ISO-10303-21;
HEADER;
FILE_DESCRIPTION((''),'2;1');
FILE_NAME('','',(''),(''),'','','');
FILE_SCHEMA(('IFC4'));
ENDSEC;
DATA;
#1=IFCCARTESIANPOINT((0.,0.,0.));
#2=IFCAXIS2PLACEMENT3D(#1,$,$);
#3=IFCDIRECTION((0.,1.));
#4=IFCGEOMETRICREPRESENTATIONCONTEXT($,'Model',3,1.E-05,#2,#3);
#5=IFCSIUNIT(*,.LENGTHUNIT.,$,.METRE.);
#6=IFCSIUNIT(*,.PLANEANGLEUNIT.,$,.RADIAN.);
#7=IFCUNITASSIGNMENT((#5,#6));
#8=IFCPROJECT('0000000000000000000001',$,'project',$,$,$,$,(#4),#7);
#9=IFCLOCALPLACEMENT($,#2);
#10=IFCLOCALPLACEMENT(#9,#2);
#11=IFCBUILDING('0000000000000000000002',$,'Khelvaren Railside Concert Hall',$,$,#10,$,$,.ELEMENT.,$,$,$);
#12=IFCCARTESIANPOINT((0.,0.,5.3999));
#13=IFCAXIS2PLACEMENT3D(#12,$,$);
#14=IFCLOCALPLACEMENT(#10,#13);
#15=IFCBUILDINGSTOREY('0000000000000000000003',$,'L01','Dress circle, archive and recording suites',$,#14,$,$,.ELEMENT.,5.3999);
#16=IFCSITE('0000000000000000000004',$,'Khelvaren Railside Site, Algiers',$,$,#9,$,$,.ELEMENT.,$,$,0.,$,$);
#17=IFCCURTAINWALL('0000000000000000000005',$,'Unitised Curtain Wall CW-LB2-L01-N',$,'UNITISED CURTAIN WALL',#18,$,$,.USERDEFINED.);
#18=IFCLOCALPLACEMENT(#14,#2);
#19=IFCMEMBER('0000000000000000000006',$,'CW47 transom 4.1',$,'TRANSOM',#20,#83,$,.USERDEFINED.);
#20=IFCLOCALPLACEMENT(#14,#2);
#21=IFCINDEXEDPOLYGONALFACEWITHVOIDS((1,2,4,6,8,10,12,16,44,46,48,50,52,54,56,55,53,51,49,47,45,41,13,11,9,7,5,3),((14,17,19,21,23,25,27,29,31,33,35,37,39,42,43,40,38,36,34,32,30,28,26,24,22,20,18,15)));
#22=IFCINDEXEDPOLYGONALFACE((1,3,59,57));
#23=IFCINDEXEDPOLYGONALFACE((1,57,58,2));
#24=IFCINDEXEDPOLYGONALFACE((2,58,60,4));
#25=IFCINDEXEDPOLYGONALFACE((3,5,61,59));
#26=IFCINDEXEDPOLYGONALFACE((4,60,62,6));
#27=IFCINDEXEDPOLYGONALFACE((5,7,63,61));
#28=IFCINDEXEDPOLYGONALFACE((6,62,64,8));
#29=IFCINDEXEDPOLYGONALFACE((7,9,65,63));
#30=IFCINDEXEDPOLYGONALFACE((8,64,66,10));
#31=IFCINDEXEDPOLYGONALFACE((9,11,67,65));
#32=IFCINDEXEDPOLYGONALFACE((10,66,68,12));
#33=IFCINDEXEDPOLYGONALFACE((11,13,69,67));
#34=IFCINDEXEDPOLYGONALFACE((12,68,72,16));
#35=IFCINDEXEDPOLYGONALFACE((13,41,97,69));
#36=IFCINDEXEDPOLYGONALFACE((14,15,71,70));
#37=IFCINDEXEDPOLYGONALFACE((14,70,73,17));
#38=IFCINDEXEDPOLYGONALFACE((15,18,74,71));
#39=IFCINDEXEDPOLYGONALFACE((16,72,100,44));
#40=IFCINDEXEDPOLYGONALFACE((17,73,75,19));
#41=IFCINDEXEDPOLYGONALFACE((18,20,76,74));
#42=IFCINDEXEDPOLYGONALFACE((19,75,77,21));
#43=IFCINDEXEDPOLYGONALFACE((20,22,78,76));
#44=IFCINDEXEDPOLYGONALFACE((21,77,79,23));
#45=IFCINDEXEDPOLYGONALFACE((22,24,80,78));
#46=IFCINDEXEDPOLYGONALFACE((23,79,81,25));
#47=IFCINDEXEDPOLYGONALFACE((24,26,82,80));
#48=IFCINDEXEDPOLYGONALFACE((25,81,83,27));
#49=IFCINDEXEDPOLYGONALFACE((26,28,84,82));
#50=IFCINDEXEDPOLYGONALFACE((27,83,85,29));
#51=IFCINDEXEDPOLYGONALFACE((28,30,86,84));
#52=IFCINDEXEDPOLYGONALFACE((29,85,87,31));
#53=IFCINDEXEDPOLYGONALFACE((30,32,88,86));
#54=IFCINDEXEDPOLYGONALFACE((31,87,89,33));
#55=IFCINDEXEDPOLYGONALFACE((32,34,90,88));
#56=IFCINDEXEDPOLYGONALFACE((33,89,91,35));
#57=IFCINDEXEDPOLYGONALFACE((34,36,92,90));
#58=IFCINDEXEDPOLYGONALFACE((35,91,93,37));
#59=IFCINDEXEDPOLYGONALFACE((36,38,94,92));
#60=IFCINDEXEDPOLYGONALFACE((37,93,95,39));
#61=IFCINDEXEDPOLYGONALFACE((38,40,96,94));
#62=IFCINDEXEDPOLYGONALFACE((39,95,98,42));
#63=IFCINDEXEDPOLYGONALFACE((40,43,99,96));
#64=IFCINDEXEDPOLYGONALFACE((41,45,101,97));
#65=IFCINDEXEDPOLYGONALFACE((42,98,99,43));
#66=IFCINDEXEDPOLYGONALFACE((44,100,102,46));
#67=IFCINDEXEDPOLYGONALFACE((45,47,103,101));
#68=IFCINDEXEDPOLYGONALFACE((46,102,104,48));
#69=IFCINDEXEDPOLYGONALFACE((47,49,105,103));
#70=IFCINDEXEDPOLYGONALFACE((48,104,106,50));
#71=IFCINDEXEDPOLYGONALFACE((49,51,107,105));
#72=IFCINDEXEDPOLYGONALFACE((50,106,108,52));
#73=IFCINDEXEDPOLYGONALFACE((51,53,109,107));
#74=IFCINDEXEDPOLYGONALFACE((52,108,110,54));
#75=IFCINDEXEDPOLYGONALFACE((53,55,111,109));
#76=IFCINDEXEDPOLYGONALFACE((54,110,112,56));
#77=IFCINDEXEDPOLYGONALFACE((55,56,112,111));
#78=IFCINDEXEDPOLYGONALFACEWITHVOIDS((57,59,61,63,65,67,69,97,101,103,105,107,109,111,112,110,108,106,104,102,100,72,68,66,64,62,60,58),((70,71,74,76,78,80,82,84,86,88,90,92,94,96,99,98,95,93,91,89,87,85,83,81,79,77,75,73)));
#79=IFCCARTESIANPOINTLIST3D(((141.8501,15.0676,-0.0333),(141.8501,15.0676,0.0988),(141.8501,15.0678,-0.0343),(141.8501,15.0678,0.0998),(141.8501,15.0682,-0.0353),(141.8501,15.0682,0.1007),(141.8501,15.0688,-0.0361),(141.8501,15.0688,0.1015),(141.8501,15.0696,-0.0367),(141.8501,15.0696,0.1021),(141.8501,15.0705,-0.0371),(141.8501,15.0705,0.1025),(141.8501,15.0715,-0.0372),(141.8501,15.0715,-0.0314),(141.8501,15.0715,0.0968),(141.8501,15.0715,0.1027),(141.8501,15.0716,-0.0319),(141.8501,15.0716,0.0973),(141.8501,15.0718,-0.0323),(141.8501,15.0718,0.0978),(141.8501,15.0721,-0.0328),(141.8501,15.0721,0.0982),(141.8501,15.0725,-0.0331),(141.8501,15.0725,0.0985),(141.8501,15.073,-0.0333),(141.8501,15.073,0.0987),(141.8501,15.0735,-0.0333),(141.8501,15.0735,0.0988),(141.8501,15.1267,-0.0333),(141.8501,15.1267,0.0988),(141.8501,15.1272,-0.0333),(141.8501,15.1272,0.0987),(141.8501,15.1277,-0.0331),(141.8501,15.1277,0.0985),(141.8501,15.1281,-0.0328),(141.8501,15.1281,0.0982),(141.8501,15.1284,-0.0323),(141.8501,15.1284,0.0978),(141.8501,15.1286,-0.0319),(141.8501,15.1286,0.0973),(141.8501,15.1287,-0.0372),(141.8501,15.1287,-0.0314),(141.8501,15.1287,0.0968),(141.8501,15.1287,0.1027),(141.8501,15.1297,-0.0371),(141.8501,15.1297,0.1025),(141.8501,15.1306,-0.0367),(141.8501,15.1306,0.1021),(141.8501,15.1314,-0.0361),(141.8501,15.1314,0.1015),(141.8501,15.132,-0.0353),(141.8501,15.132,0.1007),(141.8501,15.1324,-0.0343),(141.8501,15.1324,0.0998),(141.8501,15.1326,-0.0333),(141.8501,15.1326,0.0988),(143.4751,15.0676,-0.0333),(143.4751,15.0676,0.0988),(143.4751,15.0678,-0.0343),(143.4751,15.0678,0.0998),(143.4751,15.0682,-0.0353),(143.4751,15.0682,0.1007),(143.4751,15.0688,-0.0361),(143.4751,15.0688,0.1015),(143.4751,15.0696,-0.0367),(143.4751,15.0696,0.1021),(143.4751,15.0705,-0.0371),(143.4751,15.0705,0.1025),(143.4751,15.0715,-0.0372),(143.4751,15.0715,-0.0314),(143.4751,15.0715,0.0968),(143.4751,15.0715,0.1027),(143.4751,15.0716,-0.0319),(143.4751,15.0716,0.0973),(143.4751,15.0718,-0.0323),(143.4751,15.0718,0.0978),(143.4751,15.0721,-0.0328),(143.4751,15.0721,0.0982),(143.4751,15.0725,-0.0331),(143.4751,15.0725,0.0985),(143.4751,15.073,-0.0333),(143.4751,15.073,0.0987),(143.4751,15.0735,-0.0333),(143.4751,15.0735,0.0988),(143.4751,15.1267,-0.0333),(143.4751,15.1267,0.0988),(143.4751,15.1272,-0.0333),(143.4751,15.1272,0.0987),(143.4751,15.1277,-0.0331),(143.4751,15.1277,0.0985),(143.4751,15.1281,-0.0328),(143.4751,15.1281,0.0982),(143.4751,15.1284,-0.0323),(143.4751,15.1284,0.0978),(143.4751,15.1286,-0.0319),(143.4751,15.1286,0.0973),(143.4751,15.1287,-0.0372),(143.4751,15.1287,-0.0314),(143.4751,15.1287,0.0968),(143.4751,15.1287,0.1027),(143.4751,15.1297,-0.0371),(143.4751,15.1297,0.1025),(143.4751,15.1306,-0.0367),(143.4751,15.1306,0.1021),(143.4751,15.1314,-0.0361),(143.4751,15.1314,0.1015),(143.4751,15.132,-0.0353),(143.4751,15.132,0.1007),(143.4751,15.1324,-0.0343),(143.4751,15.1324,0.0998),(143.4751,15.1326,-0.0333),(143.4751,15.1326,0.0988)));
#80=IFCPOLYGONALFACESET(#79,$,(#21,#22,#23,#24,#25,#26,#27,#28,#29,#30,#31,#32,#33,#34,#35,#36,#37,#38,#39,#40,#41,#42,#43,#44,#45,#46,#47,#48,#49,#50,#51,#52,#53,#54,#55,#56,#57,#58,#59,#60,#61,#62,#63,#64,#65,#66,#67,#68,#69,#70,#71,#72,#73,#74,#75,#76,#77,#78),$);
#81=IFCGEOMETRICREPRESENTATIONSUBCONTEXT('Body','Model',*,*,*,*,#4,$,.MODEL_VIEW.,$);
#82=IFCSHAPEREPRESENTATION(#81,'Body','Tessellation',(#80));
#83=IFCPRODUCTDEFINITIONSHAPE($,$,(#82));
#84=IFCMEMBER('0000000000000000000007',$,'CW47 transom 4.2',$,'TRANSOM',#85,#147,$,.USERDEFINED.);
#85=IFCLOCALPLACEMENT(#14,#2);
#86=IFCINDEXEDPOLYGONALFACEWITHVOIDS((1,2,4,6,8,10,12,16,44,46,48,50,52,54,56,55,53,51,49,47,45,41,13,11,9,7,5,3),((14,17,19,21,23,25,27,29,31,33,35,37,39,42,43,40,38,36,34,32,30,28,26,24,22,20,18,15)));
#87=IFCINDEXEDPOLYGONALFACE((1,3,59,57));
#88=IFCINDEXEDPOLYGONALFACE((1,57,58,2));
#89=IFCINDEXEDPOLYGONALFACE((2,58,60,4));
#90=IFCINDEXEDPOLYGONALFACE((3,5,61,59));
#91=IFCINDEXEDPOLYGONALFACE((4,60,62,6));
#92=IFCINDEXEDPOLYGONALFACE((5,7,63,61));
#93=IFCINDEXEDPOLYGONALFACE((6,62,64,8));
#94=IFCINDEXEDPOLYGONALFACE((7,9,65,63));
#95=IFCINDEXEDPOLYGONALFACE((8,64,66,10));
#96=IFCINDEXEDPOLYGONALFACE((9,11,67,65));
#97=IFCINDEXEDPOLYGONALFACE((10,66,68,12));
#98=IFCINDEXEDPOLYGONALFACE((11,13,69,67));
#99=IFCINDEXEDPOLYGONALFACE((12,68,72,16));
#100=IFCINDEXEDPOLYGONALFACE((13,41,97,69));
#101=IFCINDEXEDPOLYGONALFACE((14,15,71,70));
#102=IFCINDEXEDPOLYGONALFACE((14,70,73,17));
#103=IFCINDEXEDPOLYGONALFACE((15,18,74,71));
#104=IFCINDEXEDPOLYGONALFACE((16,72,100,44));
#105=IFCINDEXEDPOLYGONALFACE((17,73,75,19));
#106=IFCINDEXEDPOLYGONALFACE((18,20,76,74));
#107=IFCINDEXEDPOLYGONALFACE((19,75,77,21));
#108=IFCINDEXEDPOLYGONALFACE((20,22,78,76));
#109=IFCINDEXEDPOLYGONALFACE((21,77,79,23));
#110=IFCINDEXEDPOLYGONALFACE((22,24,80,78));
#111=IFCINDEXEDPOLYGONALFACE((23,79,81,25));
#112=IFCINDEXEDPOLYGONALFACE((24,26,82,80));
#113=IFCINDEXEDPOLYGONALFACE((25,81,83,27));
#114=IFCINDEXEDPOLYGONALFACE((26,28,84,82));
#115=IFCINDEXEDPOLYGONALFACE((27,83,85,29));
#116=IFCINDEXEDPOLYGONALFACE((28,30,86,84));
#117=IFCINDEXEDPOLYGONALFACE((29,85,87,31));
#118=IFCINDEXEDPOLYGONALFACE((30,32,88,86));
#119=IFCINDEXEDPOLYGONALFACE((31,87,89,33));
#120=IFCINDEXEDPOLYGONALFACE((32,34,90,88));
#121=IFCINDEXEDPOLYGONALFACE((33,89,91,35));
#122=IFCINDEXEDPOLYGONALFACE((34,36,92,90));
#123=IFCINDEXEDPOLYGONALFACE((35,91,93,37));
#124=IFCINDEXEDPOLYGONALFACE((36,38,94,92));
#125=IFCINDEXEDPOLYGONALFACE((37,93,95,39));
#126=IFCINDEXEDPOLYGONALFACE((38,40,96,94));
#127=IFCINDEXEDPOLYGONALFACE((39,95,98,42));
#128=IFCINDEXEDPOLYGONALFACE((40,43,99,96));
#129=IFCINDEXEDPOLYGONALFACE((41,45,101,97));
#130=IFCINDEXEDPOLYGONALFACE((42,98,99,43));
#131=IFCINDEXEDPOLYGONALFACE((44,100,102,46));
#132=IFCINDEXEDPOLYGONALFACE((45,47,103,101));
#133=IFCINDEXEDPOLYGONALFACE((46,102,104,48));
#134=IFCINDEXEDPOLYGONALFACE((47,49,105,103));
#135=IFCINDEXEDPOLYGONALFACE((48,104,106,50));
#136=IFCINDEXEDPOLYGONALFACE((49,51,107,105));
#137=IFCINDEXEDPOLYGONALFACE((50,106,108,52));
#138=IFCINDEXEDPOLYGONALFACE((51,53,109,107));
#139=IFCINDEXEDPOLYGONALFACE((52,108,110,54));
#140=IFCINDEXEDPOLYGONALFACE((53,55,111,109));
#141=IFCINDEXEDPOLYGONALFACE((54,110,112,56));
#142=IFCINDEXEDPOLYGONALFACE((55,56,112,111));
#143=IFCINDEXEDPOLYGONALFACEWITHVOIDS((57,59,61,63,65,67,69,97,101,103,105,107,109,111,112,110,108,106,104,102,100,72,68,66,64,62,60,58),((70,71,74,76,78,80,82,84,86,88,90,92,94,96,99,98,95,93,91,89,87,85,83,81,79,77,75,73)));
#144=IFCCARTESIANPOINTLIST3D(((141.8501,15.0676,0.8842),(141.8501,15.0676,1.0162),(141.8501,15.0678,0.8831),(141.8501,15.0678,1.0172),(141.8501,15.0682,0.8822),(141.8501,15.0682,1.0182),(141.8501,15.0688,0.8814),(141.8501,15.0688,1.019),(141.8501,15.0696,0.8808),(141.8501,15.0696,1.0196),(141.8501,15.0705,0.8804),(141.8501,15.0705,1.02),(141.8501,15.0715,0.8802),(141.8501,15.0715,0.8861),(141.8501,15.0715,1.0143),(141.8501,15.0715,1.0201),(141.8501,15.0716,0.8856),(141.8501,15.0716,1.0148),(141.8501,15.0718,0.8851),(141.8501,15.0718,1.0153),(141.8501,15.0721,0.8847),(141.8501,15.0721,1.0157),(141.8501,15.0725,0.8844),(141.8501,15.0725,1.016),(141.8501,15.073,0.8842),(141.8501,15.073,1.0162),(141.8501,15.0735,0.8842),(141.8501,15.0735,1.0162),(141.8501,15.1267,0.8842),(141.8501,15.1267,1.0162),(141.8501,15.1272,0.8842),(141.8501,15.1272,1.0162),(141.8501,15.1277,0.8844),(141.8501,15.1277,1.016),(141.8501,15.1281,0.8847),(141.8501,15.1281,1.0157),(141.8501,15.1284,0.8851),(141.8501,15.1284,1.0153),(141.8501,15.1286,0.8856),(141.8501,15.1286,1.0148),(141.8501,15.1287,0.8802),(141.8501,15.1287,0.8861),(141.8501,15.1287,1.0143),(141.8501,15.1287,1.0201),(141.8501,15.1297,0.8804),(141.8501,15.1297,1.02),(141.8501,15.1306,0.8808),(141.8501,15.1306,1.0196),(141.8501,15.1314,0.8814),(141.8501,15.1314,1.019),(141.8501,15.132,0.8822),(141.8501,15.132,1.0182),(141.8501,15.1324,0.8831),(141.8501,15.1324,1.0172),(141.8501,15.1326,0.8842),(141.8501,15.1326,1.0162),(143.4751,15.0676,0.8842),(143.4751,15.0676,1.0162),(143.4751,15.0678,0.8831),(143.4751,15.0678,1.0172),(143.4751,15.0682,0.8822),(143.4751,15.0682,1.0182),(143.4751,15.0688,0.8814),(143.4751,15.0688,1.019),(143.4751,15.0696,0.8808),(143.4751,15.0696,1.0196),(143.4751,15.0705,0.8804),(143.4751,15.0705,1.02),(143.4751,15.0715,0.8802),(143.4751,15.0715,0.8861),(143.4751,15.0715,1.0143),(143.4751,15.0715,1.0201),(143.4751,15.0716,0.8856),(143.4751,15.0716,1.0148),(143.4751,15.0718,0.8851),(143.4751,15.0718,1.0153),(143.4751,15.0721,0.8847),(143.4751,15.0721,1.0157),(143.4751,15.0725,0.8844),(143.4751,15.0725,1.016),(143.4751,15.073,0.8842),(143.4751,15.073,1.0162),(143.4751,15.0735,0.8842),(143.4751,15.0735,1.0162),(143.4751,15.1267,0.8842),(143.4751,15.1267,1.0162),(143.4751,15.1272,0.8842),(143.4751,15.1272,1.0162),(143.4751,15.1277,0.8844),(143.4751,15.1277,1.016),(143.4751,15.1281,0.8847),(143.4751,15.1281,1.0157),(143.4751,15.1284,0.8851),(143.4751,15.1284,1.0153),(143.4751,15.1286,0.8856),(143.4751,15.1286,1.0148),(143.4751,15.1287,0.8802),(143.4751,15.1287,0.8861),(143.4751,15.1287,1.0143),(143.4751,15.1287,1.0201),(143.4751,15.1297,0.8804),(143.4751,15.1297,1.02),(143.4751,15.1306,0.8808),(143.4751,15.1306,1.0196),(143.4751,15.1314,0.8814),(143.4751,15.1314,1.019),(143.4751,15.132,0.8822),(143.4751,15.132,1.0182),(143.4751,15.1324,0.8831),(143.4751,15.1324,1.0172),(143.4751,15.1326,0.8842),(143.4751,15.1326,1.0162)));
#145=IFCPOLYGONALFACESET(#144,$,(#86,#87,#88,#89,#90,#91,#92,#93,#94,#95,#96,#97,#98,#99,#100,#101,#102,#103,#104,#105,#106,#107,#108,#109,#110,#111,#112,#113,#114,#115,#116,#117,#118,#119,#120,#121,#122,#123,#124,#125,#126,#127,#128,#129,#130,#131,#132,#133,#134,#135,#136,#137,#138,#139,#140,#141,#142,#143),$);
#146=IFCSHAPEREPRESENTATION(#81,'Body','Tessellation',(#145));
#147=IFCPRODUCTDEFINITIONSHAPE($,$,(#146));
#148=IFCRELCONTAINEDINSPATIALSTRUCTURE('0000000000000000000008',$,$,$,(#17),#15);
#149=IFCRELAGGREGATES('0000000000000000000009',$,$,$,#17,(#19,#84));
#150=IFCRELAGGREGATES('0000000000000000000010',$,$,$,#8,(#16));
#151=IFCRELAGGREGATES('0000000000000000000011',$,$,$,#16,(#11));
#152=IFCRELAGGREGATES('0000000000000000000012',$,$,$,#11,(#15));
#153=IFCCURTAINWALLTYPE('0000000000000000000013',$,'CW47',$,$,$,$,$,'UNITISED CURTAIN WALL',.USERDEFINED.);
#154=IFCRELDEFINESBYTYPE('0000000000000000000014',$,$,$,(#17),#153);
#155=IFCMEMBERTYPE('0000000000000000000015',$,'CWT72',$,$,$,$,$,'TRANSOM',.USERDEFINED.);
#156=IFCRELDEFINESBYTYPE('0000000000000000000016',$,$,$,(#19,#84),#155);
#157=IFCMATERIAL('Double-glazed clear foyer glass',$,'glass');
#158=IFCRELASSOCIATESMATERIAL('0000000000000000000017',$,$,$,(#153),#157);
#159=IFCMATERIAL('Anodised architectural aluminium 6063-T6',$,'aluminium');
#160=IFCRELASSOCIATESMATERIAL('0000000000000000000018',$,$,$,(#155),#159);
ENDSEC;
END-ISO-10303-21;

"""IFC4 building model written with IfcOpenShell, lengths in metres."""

from ifc_helpers import new_model, si_unit, direction, frame, origin, origin_2d, place, context, subcontext, project, spatial, hollow_rectangle, extrude, material, material_profile, profile_set, type_object, element, aggregate, save


model = new_model("IFC4")

# Units and contexts
model_context = context("Model", 3, precision=1e-05, world=origin(), true_north=direction((0.0, 1.0)))
body_context = subcontext(model_context, "Body", "Model", "MODEL_VIEW")
ifc_project = project(units=[si_unit("LENGTHUNIT", "METRE"), si_unit("PLANEANGLEUNIT", "RADIAN")], contexts=[model_context])

# Site, building, storey
site_placement = place(None, origin())
site = spatial("IfcSite", under=ifc_project, at=site_placement, Name="Khelvaren Railside Site, Algiers", CompositionType="ELEMENT", RefElevation=0.0)
building_placement = place(site_placement, origin())
building = spatial("IfcBuilding", under=site, at=building_placement, Name="Khelvaren Railside Concert Hall", CompositionType="ELEMENT")
storey_placement = place(building_placement, frame((0.0, 0.0, 5.3999)))
storey = spatial("IfcBuildingStorey", under=building, at=storey_placement, Name="L01", Description="Dress circle, archive and recording suites", CompositionType="ELEMENT", Elevation=5.3999)

# Shared definitions
ifc_material_1 = material(Name="Anodised architectural aluminium 6063-T6", Category="aluminium")

# Curtain wall
ifc_material_2 = material(Name="Double-glazed clear foyer glass", Category="glass")
curtain_wall_type_1 = type_object("IfcCurtainWallType", Name="CW47", ElementType="UNITISED CURTAIN WALL", PredefinedType="USERDEFINED", material=ifc_material_2)
curtain_wall_1_placement = place(storey_placement, origin())
curtain_wall_1 = element("IfcCurtainWall", 1, at=curtain_wall_1_placement, inside=storey, type_object=curtain_wall_type_1, Name="Unitised Curtain Wall CW-LB2-L01-N", ObjectType="UNITISED CURTAIN WALL", PredefinedType="USERDEFINED")

# Members
ifc_material_profile_1 = material_profile(ifc_material_1, hollow_rectangle(XDim=0.0649, YDim=0.1399, WallThickness=0.0039, InnerFilletRadius=0.002, OuterFilletRadius=0.0039, at=origin_2d()), Name="CWT 65x140x4")
ifc_profile_set_1 = profile_set([ifc_material_profile_1], Name="Anodised architectural aluminium 6063-T6")
member_type_1 = type_object("IfcMemberType", Name="CWT72", ElementType="TRANSOM", PredefinedType="USERDEFINED", material=ifc_profile_set_1)
member_1_placement = place(storey_placement, frame((141.8501, 15.1001, 0.0327), z_axis=(1.0, 0.0, 0.0), x_axis=(0.0, 1.0, 0.0)))
member_1 = element("IfcMember", 2, at=member_1_placement, type_object=member_type_1, Name="CW47 transom 4.1", ObjectType="TRANSOM", PredefinedType="USERDEFINED", context=body_context, shape_type="SweptSolid", body=[
    extrude(hollow_rectangle(XDim=0.0649, YDim=0.1399, WallThickness=0.0039, InnerFilletRadius=0.002, OuterFilletRadius=0.0039, at=origin_2d()), origin(), (0.0, 0.0, 1.0), 1.625),
])
member_2_placement = place(storey_placement, frame((141.8501, 15.1001, 0.9502), z_axis=(1.0, 0.0, 0.0), x_axis=(0.0, 1.0, 0.0)))
member_2 = element("IfcMember", 3, at=member_2_placement, type_object=member_type_1, Name="CW47 transom 4.2", ObjectType="TRANSOM", PredefinedType="USERDEFINED", context=body_context, shape_type="SweptSolid", body=[
    extrude(hollow_rectangle(XDim=0.0649, YDim=0.1399, WallThickness=0.0039, InnerFilletRadius=0.002, OuterFilletRadius=0.0039, at=origin_2d()), origin(), (0.0, 0.0, 1.0), 1.625),
])

aggregate(curtain_wall_1, [member_1, member_2])

save(model, "model.ifc")
